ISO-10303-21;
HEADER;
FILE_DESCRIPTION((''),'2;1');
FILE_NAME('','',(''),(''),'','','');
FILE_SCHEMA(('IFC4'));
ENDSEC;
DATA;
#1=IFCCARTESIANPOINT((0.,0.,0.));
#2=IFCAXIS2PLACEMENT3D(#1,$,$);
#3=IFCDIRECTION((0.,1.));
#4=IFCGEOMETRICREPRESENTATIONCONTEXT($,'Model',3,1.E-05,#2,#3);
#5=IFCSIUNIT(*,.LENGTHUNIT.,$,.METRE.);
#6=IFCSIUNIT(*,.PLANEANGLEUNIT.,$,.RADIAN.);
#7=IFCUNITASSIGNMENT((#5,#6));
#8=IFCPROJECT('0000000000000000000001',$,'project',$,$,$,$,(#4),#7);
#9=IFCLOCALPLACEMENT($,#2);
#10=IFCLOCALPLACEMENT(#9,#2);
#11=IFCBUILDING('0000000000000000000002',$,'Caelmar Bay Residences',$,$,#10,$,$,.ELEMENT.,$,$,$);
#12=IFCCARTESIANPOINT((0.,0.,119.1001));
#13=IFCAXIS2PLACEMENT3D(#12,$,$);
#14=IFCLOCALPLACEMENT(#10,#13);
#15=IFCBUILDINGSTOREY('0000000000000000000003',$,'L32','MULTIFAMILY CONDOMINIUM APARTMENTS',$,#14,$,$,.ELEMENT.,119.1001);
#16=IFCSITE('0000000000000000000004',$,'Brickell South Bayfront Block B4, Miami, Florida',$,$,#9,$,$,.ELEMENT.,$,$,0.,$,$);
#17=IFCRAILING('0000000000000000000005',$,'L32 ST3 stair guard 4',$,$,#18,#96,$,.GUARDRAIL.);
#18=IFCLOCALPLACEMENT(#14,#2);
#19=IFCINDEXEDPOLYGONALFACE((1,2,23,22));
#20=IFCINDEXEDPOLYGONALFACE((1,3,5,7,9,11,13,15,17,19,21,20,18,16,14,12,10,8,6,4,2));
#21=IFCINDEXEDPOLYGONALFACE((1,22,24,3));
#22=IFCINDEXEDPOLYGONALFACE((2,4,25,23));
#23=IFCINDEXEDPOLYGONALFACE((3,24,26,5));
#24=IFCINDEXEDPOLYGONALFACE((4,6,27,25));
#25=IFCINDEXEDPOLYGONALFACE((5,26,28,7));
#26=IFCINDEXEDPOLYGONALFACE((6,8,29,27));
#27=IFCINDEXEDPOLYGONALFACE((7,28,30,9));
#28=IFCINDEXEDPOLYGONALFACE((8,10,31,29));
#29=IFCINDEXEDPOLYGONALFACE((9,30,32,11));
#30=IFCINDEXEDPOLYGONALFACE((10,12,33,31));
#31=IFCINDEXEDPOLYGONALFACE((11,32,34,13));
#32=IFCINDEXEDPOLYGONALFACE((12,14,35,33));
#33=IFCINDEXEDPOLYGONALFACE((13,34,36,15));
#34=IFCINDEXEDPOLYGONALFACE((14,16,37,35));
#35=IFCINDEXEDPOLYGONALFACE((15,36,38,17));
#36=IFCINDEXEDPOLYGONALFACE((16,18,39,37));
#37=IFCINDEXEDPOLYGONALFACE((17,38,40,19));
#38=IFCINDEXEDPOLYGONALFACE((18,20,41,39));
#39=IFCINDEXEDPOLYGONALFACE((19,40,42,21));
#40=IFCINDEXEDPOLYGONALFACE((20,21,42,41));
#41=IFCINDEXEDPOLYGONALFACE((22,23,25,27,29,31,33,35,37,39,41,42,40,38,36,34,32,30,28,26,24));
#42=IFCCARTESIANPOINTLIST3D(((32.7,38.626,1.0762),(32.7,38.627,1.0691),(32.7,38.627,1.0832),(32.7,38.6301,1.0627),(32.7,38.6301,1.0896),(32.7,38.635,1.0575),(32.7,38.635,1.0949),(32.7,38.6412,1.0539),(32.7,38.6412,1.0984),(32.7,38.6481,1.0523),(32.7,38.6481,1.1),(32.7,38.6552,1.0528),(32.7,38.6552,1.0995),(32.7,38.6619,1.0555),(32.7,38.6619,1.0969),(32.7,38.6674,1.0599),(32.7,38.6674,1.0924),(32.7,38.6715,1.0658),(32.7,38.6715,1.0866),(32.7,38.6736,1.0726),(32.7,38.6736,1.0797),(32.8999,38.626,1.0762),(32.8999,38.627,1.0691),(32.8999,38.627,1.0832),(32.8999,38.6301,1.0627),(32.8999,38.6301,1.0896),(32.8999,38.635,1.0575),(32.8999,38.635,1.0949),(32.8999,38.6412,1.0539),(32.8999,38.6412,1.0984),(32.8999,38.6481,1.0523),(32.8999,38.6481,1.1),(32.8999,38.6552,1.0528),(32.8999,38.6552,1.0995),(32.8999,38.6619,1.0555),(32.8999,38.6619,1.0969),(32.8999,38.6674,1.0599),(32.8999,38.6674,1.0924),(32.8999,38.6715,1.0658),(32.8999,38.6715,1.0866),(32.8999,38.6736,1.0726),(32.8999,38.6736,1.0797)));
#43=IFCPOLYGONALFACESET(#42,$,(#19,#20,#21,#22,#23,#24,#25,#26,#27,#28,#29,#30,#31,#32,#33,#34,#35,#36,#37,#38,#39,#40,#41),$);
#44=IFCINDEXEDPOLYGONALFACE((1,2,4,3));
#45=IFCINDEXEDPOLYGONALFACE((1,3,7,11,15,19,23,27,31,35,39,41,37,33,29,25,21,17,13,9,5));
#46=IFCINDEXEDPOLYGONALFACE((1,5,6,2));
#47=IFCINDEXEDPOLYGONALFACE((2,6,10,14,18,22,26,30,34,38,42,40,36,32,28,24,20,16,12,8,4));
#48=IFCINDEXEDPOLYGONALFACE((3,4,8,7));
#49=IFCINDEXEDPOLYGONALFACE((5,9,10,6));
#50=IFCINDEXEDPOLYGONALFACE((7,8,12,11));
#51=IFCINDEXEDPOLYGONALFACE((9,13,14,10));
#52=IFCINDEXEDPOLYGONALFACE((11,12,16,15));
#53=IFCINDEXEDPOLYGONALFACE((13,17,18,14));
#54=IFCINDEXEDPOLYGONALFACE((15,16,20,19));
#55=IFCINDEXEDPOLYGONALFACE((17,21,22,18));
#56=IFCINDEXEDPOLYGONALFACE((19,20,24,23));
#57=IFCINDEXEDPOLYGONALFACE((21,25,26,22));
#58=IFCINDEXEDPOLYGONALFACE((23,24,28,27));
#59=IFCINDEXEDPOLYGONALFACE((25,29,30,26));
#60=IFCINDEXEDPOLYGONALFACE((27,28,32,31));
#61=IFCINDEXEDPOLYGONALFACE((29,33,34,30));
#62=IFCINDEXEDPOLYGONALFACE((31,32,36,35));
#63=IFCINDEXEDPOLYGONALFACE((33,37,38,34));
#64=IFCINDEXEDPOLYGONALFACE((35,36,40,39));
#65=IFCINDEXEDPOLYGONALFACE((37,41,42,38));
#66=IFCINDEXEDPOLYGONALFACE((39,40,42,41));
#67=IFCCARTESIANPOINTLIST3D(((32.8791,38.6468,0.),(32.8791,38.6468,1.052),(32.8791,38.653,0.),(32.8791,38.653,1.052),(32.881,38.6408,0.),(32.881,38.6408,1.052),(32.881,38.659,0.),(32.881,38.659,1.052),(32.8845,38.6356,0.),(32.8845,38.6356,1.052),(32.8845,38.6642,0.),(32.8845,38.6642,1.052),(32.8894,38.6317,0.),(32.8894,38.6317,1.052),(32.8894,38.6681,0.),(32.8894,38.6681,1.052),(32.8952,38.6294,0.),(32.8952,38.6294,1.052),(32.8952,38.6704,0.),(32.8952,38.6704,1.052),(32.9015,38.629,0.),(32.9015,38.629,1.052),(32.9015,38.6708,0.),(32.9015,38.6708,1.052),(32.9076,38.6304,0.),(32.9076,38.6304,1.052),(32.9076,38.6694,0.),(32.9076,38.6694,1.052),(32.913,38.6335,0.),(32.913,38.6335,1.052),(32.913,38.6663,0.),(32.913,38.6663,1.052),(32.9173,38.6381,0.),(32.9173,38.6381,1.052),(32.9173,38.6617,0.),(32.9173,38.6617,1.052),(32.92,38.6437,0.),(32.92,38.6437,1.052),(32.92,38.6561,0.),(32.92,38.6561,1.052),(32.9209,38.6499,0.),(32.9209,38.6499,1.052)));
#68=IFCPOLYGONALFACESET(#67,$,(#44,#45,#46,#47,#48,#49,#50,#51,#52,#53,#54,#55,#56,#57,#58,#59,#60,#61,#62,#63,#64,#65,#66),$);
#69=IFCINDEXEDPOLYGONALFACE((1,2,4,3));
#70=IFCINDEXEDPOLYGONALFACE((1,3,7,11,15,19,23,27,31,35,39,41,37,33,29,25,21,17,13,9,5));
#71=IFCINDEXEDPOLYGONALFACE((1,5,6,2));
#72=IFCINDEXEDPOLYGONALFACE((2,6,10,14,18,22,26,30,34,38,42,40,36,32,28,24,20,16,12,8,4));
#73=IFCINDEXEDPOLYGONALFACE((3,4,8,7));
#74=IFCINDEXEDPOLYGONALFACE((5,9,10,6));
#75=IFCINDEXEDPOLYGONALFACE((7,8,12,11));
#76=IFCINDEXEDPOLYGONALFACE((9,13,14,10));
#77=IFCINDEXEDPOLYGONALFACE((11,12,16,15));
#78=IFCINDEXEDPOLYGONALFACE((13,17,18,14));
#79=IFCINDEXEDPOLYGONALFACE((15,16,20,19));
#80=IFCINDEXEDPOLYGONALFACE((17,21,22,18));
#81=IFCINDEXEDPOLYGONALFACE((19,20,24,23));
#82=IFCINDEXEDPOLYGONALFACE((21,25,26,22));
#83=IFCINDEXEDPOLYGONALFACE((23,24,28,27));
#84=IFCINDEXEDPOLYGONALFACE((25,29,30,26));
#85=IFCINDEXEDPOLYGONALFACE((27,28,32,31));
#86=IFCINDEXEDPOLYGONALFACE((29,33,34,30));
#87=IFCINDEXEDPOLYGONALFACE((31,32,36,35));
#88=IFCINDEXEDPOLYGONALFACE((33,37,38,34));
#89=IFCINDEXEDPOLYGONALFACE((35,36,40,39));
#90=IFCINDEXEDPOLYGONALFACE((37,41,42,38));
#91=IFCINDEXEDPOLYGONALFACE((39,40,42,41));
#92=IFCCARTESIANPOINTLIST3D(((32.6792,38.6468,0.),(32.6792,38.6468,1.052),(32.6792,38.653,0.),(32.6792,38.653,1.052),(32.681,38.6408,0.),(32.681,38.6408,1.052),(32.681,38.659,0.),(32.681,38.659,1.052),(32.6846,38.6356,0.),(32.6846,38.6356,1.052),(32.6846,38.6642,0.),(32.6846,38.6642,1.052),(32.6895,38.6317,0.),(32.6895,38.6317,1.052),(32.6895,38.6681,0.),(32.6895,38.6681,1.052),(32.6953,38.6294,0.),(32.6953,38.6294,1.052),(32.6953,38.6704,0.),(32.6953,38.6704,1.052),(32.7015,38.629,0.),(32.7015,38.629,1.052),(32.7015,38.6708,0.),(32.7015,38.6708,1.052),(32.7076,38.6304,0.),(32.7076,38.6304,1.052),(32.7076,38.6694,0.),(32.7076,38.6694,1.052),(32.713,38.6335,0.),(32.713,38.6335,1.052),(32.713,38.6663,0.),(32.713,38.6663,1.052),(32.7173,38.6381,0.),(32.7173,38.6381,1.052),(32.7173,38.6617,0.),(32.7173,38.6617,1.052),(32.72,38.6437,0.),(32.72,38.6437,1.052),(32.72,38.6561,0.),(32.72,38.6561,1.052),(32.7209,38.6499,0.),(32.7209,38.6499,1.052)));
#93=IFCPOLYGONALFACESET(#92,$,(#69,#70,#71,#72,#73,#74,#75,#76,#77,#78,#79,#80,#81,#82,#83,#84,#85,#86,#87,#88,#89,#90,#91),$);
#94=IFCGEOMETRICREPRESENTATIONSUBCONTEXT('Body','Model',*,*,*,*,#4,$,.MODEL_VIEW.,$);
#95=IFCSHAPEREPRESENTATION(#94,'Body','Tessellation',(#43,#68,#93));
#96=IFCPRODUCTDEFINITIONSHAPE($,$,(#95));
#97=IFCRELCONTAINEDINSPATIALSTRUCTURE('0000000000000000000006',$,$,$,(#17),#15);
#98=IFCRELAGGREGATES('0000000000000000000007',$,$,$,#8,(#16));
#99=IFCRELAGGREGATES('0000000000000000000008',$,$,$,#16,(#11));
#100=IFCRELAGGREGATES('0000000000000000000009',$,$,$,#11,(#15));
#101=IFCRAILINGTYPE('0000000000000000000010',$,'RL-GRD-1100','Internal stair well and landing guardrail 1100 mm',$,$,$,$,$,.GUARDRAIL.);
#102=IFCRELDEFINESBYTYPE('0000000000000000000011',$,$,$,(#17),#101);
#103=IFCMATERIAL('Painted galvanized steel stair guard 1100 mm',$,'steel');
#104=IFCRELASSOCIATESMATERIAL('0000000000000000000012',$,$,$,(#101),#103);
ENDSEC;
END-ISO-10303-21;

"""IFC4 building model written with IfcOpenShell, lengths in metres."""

from ifc_helpers import new_model, si_unit, direction, frame, origin, origin_2d, place, context, subcontext, project, spatial, circle, extrude, material, type_object, element, save


model = new_model("IFC4")

# Units and contexts
model_context = context("Model", 3, precision=1e-05, world=origin(), true_north=direction((0.0, 1.0)))
body_context = subcontext(model_context, "Body", "Model", "MODEL_VIEW")
ifc_project = project(units=[si_unit("LENGTHUNIT", "METRE"), si_unit("PLANEANGLEUNIT", "RADIAN")], contexts=[model_context])

# Site, building, storey
site_placement = place(None, origin())
site = spatial("IfcSite", under=ifc_project, at=site_placement, Name="Brickell South Bayfront Block B4, Miami, Florida", CompositionType="ELEMENT", RefElevation=0.0)
building_placement = place(site_placement, origin())
building = spatial("IfcBuilding", under=site, at=building_placement, Name="Caelmar Bay Residences", CompositionType="ELEMENT")
storey_placement = place(building_placement, frame((0.0, 0.0, 119.1001)))
storey = spatial("IfcBuildingStorey", under=building, at=storey_placement, Name="L32", Description="MULTIFAMILY CONDOMINIUM APARTMENTS", CompositionType="ELEMENT", Elevation=119.1001)

# Railing
ifc_material_1 = material(Name="Painted galvanized steel stair guard 1100 mm", Category="steel")
railing_type_1 = type_object("IfcRailingType", Name="RL-GRD-1100", Description="Internal stair well and landing guardrail 1100 mm", PredefinedType="GUARDRAIL", material=ifc_material_1)
railing_1_placement = place(storey_placement, frame((32.8999, 38.6499, 0.0)))
element("IfcRailing", 1, at=railing_1_placement, inside=storey, type_object=railing_type_1, Name="L32 ST3 stair guard 4", PredefinedType="GUARDRAIL", context=body_context, shape_type="SweptSolid", body=[
    extrude(circle(Radius=0.0239, at=origin_2d()), frame((0.0, 0.0, 1.0762), z_axis=(-1.0, 0.0, 0.0), x_axis=(0.0, -1.0, 0.0)), (0.0, 0.0, 1.0), 0.2),
    extrude(circle(Radius=0.021, at=origin_2d()), origin(), (0.0, 0.0, 1.0), 1.052),
    extrude(circle(Radius=0.021, at=origin_2d()), frame((-0.2, 0.0, 0.0)), (0.0, 0.0, 1.0), 1.052),
])

save(model, "model.ifc")
